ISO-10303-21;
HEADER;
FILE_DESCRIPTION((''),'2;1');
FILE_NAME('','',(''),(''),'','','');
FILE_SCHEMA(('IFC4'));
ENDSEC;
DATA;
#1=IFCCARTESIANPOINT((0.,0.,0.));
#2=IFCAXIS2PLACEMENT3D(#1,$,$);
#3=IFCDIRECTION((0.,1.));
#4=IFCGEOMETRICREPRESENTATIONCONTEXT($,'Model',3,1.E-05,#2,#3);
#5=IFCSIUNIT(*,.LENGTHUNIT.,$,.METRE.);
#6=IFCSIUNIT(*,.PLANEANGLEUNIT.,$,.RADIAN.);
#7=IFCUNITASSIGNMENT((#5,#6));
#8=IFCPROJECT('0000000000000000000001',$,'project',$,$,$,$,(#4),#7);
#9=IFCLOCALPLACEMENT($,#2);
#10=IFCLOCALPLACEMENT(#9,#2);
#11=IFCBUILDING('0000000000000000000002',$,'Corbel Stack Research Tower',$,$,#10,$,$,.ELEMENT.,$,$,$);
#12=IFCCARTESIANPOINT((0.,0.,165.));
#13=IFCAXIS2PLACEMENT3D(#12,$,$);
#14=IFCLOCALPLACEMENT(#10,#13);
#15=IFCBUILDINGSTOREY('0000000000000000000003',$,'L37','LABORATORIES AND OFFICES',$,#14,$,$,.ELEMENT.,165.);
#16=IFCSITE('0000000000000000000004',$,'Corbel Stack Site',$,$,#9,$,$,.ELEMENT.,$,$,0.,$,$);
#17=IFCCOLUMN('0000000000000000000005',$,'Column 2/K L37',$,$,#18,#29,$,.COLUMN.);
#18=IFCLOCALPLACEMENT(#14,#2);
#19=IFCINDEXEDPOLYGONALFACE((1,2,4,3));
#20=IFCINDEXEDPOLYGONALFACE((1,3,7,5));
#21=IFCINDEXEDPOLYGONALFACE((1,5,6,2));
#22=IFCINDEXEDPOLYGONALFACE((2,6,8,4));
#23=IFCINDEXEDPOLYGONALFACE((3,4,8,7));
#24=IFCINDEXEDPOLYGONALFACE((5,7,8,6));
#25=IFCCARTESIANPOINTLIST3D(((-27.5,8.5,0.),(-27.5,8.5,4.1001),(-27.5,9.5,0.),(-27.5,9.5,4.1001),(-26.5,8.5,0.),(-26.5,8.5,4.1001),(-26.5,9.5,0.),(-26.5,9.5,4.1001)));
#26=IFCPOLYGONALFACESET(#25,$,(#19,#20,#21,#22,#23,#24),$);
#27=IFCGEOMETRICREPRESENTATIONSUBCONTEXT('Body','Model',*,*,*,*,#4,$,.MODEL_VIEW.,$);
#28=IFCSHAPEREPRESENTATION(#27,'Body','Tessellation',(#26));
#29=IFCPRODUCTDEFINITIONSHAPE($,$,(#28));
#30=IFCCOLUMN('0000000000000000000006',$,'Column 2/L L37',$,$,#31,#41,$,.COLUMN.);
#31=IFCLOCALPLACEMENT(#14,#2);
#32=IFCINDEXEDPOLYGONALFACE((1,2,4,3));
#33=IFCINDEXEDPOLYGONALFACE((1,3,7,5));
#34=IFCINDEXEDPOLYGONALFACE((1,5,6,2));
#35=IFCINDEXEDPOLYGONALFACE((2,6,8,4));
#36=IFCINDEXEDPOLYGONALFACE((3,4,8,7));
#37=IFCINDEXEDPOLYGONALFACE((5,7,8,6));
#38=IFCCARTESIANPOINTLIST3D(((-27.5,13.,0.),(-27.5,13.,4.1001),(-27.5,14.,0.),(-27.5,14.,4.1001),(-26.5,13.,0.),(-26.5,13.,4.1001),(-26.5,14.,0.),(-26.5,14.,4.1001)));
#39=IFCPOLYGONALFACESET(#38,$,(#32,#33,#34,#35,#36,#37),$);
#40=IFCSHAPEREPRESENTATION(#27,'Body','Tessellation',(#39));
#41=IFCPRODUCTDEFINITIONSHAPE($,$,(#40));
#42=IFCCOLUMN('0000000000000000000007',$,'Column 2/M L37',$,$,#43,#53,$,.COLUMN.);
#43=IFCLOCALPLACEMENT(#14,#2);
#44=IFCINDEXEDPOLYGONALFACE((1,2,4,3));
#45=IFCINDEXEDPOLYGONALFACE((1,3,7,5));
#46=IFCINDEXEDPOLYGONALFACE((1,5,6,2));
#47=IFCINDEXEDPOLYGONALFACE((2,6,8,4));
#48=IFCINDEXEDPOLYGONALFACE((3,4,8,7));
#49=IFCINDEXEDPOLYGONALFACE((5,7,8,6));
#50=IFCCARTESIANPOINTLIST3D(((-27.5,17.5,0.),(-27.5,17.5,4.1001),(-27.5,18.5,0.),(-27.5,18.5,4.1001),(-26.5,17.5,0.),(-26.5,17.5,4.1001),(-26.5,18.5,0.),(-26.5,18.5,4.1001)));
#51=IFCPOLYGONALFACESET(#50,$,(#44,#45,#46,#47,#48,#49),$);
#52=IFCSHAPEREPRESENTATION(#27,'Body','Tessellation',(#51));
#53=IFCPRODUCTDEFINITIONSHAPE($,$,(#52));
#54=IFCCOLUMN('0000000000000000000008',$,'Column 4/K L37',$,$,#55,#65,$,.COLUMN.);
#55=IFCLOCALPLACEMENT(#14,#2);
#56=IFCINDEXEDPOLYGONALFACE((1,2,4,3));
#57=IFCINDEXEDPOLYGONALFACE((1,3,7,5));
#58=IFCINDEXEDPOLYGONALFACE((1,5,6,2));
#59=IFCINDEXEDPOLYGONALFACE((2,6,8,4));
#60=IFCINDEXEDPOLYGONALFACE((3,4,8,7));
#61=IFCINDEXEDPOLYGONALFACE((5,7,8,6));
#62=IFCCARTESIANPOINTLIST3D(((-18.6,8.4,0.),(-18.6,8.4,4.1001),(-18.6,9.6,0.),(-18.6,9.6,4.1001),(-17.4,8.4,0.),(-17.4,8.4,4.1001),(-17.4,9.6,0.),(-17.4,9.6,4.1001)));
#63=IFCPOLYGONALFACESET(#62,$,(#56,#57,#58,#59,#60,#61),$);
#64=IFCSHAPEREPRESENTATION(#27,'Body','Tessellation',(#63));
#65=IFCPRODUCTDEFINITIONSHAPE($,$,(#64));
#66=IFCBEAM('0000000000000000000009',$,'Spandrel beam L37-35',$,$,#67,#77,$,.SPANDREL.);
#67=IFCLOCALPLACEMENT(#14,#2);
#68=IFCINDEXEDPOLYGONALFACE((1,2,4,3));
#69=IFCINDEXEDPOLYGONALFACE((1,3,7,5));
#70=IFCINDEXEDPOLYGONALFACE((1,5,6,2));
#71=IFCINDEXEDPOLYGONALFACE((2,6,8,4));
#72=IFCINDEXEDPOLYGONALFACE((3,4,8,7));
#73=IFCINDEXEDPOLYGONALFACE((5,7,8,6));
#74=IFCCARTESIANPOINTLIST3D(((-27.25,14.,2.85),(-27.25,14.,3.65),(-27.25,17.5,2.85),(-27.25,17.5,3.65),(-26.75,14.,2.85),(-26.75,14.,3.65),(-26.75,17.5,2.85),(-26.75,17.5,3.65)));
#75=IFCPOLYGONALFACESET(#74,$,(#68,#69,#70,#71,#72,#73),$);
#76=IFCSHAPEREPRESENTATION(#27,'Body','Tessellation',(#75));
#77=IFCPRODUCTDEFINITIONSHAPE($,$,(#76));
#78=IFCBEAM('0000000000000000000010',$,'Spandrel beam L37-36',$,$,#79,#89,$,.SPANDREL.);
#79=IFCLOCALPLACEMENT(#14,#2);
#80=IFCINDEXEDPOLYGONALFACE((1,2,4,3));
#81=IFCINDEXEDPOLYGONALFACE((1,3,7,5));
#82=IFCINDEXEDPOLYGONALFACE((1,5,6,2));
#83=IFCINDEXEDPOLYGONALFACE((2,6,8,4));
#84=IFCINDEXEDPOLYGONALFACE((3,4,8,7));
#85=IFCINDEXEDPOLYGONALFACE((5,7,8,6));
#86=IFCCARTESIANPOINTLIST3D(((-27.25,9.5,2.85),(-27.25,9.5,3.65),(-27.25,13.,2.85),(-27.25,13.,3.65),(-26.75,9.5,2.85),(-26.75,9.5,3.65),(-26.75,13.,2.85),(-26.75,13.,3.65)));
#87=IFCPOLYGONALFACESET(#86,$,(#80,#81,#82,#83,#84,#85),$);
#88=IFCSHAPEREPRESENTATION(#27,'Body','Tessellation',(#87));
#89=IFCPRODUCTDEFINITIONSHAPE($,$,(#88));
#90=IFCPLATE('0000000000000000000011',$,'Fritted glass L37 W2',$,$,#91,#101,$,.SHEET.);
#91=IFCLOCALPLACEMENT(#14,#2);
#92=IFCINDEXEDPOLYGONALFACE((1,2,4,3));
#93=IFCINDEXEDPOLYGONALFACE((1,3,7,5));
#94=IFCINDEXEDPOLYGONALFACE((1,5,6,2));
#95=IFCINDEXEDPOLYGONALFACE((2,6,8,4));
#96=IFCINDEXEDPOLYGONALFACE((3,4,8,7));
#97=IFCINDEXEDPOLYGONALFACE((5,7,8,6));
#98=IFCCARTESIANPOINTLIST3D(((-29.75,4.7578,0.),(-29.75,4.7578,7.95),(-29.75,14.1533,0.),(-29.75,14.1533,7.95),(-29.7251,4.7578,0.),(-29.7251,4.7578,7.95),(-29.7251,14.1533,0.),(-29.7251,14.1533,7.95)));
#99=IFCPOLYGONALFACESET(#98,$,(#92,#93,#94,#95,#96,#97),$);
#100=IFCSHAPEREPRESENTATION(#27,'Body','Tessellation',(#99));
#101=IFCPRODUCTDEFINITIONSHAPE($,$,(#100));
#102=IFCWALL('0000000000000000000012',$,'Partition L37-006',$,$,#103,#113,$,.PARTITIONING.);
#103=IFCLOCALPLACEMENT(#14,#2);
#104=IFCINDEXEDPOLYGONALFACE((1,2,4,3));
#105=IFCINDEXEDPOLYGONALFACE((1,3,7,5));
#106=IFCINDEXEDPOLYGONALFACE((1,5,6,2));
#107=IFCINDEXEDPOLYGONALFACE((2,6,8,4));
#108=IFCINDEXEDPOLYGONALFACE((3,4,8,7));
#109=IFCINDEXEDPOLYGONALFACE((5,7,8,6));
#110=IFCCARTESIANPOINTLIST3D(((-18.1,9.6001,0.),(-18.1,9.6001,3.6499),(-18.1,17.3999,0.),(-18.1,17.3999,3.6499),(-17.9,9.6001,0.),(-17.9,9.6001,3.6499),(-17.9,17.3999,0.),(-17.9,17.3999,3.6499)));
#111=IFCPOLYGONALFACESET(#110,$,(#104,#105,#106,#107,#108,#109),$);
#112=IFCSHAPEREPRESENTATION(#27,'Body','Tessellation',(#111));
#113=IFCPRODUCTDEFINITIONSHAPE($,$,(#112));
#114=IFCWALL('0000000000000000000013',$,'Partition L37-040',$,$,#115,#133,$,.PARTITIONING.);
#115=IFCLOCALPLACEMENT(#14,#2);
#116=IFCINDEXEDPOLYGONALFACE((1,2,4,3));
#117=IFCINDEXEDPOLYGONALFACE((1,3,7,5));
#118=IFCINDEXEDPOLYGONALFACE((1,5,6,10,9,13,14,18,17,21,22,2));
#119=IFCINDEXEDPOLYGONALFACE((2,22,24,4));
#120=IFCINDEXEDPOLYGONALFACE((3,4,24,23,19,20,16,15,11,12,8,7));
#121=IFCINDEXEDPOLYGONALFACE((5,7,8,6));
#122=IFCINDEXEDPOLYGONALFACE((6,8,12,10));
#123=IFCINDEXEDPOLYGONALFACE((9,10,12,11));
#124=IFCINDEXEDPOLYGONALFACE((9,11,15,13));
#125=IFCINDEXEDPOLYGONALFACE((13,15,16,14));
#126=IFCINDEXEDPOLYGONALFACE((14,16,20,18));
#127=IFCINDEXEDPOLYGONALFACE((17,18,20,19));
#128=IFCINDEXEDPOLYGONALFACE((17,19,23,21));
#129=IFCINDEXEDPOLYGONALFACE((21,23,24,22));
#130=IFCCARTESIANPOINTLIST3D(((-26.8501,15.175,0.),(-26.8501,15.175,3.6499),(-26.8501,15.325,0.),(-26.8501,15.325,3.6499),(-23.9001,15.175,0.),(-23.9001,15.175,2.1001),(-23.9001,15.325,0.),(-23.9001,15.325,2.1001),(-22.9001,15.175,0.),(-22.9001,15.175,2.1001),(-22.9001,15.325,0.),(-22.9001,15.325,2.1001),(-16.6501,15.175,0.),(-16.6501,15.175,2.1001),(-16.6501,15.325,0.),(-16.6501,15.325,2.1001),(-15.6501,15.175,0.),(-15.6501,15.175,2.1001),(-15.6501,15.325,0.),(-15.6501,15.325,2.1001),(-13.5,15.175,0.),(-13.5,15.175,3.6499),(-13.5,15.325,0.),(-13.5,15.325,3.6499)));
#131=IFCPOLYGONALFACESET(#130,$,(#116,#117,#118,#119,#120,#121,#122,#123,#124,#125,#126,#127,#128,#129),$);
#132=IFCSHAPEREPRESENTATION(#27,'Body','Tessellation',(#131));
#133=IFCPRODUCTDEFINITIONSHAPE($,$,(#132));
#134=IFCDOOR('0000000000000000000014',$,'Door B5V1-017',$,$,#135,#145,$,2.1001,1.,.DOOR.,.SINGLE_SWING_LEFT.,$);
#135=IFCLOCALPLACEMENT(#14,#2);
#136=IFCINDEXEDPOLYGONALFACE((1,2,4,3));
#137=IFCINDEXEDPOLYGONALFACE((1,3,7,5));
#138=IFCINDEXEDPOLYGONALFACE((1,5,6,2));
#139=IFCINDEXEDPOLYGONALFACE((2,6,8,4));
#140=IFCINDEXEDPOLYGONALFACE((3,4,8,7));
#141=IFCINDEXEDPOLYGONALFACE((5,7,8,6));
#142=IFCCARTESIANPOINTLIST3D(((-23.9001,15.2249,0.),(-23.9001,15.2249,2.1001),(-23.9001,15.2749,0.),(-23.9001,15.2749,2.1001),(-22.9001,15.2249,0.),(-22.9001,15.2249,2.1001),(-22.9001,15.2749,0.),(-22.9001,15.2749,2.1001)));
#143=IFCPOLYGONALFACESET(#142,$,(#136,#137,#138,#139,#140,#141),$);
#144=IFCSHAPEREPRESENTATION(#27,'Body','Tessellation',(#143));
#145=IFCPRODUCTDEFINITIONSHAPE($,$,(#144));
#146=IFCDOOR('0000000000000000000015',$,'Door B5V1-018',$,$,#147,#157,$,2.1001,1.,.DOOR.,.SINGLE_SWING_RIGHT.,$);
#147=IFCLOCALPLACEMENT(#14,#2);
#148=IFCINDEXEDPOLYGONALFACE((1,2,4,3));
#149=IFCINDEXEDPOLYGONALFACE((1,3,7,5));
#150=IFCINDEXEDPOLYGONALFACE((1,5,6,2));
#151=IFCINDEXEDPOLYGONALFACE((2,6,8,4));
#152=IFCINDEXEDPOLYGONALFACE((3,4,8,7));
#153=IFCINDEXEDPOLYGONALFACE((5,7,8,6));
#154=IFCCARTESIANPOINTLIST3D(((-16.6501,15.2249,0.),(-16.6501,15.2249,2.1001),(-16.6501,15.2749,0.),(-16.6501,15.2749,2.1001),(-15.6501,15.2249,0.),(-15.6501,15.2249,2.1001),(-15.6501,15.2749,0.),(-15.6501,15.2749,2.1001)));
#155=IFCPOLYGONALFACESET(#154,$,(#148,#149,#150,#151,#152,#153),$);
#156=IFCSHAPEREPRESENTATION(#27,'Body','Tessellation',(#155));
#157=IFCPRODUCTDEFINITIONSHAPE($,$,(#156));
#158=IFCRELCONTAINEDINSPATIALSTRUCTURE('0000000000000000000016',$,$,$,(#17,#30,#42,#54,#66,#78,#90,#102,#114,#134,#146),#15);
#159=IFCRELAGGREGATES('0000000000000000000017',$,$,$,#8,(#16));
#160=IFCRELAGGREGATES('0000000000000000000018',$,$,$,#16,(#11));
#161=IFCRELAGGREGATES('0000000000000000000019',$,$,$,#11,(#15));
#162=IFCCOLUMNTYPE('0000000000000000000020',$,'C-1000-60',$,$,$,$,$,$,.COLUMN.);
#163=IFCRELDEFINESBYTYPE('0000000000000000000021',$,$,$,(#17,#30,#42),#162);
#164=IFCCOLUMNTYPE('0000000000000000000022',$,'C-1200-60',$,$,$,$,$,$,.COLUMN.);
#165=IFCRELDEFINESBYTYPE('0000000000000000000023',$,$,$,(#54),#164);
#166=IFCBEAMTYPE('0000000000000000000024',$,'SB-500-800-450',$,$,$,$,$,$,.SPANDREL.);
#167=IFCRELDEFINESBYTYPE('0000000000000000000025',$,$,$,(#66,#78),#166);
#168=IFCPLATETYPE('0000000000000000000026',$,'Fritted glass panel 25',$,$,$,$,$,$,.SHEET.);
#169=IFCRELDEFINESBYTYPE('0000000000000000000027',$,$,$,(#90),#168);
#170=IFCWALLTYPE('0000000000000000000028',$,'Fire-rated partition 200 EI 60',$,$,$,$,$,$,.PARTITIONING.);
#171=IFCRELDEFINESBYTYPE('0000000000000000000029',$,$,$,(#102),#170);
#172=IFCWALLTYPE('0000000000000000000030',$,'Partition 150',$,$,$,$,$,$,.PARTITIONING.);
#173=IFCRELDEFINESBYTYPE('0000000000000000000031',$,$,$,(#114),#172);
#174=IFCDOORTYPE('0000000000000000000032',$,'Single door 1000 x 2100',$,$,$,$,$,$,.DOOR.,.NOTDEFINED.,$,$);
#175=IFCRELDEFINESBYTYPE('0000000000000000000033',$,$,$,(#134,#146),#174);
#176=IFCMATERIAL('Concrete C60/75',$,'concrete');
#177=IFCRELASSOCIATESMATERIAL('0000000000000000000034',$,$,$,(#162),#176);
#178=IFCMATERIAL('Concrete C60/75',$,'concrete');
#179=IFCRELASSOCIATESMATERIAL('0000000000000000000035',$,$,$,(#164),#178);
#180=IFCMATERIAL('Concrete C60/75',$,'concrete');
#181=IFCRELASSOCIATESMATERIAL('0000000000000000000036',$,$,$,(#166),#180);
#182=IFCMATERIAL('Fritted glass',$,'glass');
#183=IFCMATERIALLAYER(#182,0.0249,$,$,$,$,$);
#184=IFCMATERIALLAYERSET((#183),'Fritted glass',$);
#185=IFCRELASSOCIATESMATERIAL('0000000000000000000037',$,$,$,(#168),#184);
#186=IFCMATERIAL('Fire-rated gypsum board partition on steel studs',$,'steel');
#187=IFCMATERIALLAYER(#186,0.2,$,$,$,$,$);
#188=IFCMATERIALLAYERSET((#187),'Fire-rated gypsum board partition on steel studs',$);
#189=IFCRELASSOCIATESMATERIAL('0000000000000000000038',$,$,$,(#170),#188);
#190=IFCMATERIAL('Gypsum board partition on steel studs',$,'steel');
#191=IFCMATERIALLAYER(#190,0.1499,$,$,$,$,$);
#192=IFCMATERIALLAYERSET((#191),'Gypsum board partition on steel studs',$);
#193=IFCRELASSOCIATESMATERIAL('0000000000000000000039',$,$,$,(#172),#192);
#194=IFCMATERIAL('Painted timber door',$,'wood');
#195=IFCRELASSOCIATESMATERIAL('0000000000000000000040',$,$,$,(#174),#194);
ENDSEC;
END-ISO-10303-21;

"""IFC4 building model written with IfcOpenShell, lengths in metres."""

from ifc_helpers import new_model, si_unit, direction, frame, frame_2d, origin, origin_2d, place, context, subcontext, project, spatial, rectangle, extrude, material, layer, layer_set, material_profile, profile_set, type_object, element, fill, save


model = new_model("IFC4")

# Units and contexts
model_context = context("Model", 3, precision=1e-05, world=origin(), true_north=direction((0.0, 1.0)))
body_context = subcontext(model_context, "Body", "Model", "MODEL_VIEW")
ifc_project = project(units=[si_unit("LENGTHUNIT", "METRE"), si_unit("PLANEANGLEUNIT", "RADIAN")], contexts=[model_context])

# Site, building, storey
site_placement = place(None, origin())
site = spatial("IfcSite", under=ifc_project, at=site_placement, Name="Corbel Stack Site", CompositionType="ELEMENT", RefElevation=0.0)
building_placement = place(site_placement, origin())
building = spatial("IfcBuilding", under=site, at=building_placement, Name="Corbel Stack Research Tower", CompositionType="ELEMENT")
storey_placement = place(building_placement, frame((0.0, 0.0, 165.0)))
storey = spatial("IfcBuildingStorey", under=building, at=storey_placement, Name="L37", Description="LABORATORIES AND OFFICES", CompositionType="ELEMENT", Elevation=165.0)

# Columns
ifc_material_1 = material(Name="Concrete C60/75", Category="concrete")
ifc_material_profile_1 = material_profile(ifc_material_1, rectangle(XDim=1.0, YDim=1.0, at=origin_2d()), Name="RC 1000 x 1000")
ifc_profile_set_1 = profile_set([ifc_material_profile_1], Name="Concrete C60/75")
column_type_1 = type_object("IfcColumnType", Name="C-1000-60", PredefinedType="COLUMN", material=ifc_profile_set_1)
for number, where, z_axis, x_axis, name in (
    (1, (-27.0, 9.0, 0.0), (0.0, 0.0, 1.0), (1.0, 0.0, 0.0), "Column 2/K L37"),
    (2, (-27.0, 13.5, 0.0), (0.0, 0.0, 1.0), (1.0, 0.0, 0.0), "Column 2/L L37"),
    (3, (-27.0, 18.0, 0.0), (0.0, 0.0, 1.0), (1.0, 0.0, 0.0), "Column 2/M L37"),
):
    element("IfcColumn", number, at=place(storey_placement, frame(where, z_axis=z_axis, x_axis=x_axis)), inside=storey, type_object=column_type_1, Name=name, PredefinedType="COLUMN", context=body_context, shape_type="SweptSolid", body=[
        extrude(rectangle(XDim=1.0, YDim=1.0, at=origin_2d()), origin(), (0.0, 0.0, 1.0), 4.1001),
    ])
ifc_material_2 = material(Name="Concrete C60/75", Category="concrete")
ifc_material_profile_2 = material_profile(ifc_material_2, rectangle(XDim=1.2, YDim=1.2, at=origin_2d()), Name="RC 1200 x 1200")
ifc_profile_set_2 = profile_set([ifc_material_profile_2], Name="Concrete C60/75")
column_type_2 = type_object("IfcColumnType", Name="C-1200-60", PredefinedType="COLUMN", material=ifc_profile_set_2)
column_placement = place(storey_placement, frame((-18.0, 9.0, 0.0), z_axis=(0.0, 0.0, 1.0), x_axis=(1.0, 0.0, 0.0)))
element("IfcColumn", 4, at=column_placement, inside=storey, type_object=column_type_2, Name="Column 4/K L37", PredefinedType="COLUMN", context=body_context, shape_type="SweptSolid", body=[
    extrude(rectangle(XDim=1.2, YDim=1.2, at=origin_2d()), origin(), (0.0, 0.0, 1.0), 4.1001),
])

# Beams
ifc_material_3 = material(Name="Concrete C60/75", Category="concrete")
ifc_material_profile_3 = material_profile(ifc_material_3, rectangle(XDim=0.5, YDim=0.8, at=origin_2d()), Name="RC 500 x 800")
ifc_profile_set_3 = profile_set([ifc_material_profile_3], Name="Concrete C60/75")
beam_type = type_object("IfcBeamType", Name="SB-500-800-450", PredefinedType="SPANDREL", material=ifc_profile_set_3)
for number, where, z_axis, x_axis, name in (
    (5, (-27.0, 17.5, 3.25), (0.0, -1.0, 0.0), (1.0, 0.0, 0.0), "Spandrel beam L37-35"),
    (6, (-27.0, 13.0, 3.25), (0.0, -1.0, 0.0), (1.0, 0.0, 0.0), "Spandrel beam L37-36"),
):
    element("IfcBeam", number, at=place(storey_placement, frame(where, z_axis=z_axis, x_axis=x_axis)), inside=storey, type_object=beam_type, Name=name, PredefinedType="SPANDREL", context=body_context, shape_type="SweptSolid", body=[
        extrude(rectangle(XDim=0.5, YDim=0.8, at=origin_2d()), origin(), (0.0, 0.0, 1.0), 3.5),
    ])

# Plate
ifc_material_4 = material(Name="Fritted glass", Category="glass")
ifc_layer_1 = layer(ifc_material_4, 0.0249)
ifc_layer_set_1 = layer_set([ifc_layer_1], Name="Fritted glass")
plate_type = type_object("IfcPlateType", Name="Fritted glass panel 25", PredefinedType="SHEET", material=ifc_layer_set_1)
plate_placement = place(storey_placement, frame((-29.7375, 9.4556, 0.0), z_axis=(0.0, 0.0, 1.0), x_axis=(0.0, -1.0, 0.0)))
element("IfcPlate", 7, at=plate_placement, inside=storey, type_object=plate_type, Name="Fritted glass L37 W2", PredefinedType="SHEET", context=body_context, shape_type="SweptSolid", body=[
    extrude(rectangle(XDim=9.3955, YDim=0.0249, at=origin_2d()), origin(), (0.0, 0.0, 1.0), 7.95),
])

# Wall
ifc_material_5 = material(Name="Fire-rated gypsum board partition on steel studs", Category="steel")
ifc_layer_2 = layer(ifc_material_5, 0.2)
ifc_layer_set_2 = layer_set([ifc_layer_2], Name="Fire-rated gypsum board partition on steel studs")
wall_type_1 = type_object("IfcWallType", Name="Fire-rated partition 200 EI 60", PredefinedType="PARTITIONING", material=ifc_layer_set_2)
wall_1_placement = place(storey_placement, frame((-18.0, 9.6001, 0.0), z_axis=(0.0, 0.0, 1.0), x_axis=(0.0, 1.0, 0.0)))
element("IfcWall", 8, at=wall_1_placement, inside=storey, type_object=wall_type_1, Name="Partition L37-006", PredefinedType="PARTITIONING", context=body_context, shape_type="SweptSolid", body=[
    extrude(rectangle(XDim=7.7998, YDim=0.2, at=frame_2d((3.8999, 0.0))), origin(), (0.0, 0.0, 1.0), 3.6499),
])

# Wall, openings, doors
ifc_material_6 = material(Name="Gypsum board partition on steel studs", Category="steel")
ifc_layer_3 = layer(ifc_material_6, 0.1499)
ifc_layer_set_3 = layer_set([ifc_layer_3], Name="Gypsum board partition on steel studs")
wall_type_2 = type_object("IfcWallType", Name="Partition 150", PredefinedType="PARTITIONING", material=ifc_layer_set_3)
wall_2_placement = place(storey_placement, frame((-26.8501, 15.25, 0.0), z_axis=(0.0, 0.0, 1.0), x_axis=(1.0, 0.0, 0.0)))
wall_2 = element("IfcWall", 9, at=wall_2_placement, inside=storey, type_object=wall_type_2, Name="Partition L37-040", PredefinedType="PARTITIONING", context=body_context, shape_type="SweptSolid", body=[
    extrude(rectangle(XDim=13.3501, YDim=0.1499, at=frame_2d((6.675, 0.0))), origin(), (0.0, 0.0, 1.0), 3.6499),
])
opening_1_placement = place(wall_2_placement, frame((2.95, 0.0, 0.0)))
opening_1 = element("IfcOpeningElement", 10, at=opening_1_placement, cuts=wall_2, PredefinedType="OPENING", context=body_context, shape_type="SweptSolid", body=[
    extrude(rectangle(XDim=1.0, YDim=2.1001, at=frame_2d((0.5, 1.05))), frame((0.0, 0.085, 0.0), z_axis=(0.0, -1.0, 0.0), x_axis=(1.0, 0.0, 0.0)), (0.0, 0.0, 1.0), 0.1699),
])
opening_2_placement = place(wall_2_placement, frame((10.2, 0.0, 0.0)))
opening_2 = element("IfcOpeningElement", 11, at=opening_2_placement, cuts=wall_2, PredefinedType="OPENING", context=body_context, shape_type="SweptSolid", body=[
    extrude(rectangle(XDim=1.0, YDim=2.1001, at=frame_2d((0.5, 1.05))), frame((0.0, 0.085, 0.0), z_axis=(0.0, -1.0, 0.0), x_axis=(1.0, 0.0, 0.0)), (0.0, 0.0, 1.0), 0.1699),
])
ifc_material_7 = material(Name="Painted timber door", Category="wood")
door_type_1 = type_object("IfcDoorType", Name="Single door 1000 x 2100", OperationType="NOTDEFINED", PredefinedType="DOOR", material=ifc_material_7)
door_1_placement = place(opening_1_placement, origin())
door_1 = element("IfcDoor", 12, at=door_1_placement, inside=storey, type_object=door_type_1, Name="Door B5V1-017", OperationType="SINGLE_SWING_LEFT", OverallHeight=2.1001, OverallWidth=1.0, PredefinedType="DOOR", context=body_context, shape_type="SweptSolid", body=[
    extrude(rectangle(XDim=1.0, YDim=2.1001, at=frame_2d((0.5, 1.05))), frame((0.0, 0.0249, 0.0), z_axis=(0.0, -1.0, 0.0), x_axis=(1.0, 0.0, 0.0)), (0.0, 0.0, 1.0), 0.05),
])
fill(opening_1, door_1)
door_2_placement = place(opening_2_placement, origin())
door_2 = element("IfcDoor", 13, at=door_2_placement, inside=storey, type_object=door_type_1, Name="Door B5V1-018", OperationType="SINGLE_SWING_RIGHT", OverallHeight=2.1001, OverallWidth=1.0, PredefinedType="DOOR", context=body_context, shape_type="SweptSolid", body=[
    extrude(rectangle(XDim=1.0, YDim=2.1001, at=frame_2d((0.5, 1.05))), frame((0.0, 0.0249, 0.0), z_axis=(0.0, -1.0, 0.0), x_axis=(1.0, 0.0, 0.0)), (0.0, 0.0, 1.0), 0.05),
])
fill(opening_2, door_2)

save(model, "model.ifc")
